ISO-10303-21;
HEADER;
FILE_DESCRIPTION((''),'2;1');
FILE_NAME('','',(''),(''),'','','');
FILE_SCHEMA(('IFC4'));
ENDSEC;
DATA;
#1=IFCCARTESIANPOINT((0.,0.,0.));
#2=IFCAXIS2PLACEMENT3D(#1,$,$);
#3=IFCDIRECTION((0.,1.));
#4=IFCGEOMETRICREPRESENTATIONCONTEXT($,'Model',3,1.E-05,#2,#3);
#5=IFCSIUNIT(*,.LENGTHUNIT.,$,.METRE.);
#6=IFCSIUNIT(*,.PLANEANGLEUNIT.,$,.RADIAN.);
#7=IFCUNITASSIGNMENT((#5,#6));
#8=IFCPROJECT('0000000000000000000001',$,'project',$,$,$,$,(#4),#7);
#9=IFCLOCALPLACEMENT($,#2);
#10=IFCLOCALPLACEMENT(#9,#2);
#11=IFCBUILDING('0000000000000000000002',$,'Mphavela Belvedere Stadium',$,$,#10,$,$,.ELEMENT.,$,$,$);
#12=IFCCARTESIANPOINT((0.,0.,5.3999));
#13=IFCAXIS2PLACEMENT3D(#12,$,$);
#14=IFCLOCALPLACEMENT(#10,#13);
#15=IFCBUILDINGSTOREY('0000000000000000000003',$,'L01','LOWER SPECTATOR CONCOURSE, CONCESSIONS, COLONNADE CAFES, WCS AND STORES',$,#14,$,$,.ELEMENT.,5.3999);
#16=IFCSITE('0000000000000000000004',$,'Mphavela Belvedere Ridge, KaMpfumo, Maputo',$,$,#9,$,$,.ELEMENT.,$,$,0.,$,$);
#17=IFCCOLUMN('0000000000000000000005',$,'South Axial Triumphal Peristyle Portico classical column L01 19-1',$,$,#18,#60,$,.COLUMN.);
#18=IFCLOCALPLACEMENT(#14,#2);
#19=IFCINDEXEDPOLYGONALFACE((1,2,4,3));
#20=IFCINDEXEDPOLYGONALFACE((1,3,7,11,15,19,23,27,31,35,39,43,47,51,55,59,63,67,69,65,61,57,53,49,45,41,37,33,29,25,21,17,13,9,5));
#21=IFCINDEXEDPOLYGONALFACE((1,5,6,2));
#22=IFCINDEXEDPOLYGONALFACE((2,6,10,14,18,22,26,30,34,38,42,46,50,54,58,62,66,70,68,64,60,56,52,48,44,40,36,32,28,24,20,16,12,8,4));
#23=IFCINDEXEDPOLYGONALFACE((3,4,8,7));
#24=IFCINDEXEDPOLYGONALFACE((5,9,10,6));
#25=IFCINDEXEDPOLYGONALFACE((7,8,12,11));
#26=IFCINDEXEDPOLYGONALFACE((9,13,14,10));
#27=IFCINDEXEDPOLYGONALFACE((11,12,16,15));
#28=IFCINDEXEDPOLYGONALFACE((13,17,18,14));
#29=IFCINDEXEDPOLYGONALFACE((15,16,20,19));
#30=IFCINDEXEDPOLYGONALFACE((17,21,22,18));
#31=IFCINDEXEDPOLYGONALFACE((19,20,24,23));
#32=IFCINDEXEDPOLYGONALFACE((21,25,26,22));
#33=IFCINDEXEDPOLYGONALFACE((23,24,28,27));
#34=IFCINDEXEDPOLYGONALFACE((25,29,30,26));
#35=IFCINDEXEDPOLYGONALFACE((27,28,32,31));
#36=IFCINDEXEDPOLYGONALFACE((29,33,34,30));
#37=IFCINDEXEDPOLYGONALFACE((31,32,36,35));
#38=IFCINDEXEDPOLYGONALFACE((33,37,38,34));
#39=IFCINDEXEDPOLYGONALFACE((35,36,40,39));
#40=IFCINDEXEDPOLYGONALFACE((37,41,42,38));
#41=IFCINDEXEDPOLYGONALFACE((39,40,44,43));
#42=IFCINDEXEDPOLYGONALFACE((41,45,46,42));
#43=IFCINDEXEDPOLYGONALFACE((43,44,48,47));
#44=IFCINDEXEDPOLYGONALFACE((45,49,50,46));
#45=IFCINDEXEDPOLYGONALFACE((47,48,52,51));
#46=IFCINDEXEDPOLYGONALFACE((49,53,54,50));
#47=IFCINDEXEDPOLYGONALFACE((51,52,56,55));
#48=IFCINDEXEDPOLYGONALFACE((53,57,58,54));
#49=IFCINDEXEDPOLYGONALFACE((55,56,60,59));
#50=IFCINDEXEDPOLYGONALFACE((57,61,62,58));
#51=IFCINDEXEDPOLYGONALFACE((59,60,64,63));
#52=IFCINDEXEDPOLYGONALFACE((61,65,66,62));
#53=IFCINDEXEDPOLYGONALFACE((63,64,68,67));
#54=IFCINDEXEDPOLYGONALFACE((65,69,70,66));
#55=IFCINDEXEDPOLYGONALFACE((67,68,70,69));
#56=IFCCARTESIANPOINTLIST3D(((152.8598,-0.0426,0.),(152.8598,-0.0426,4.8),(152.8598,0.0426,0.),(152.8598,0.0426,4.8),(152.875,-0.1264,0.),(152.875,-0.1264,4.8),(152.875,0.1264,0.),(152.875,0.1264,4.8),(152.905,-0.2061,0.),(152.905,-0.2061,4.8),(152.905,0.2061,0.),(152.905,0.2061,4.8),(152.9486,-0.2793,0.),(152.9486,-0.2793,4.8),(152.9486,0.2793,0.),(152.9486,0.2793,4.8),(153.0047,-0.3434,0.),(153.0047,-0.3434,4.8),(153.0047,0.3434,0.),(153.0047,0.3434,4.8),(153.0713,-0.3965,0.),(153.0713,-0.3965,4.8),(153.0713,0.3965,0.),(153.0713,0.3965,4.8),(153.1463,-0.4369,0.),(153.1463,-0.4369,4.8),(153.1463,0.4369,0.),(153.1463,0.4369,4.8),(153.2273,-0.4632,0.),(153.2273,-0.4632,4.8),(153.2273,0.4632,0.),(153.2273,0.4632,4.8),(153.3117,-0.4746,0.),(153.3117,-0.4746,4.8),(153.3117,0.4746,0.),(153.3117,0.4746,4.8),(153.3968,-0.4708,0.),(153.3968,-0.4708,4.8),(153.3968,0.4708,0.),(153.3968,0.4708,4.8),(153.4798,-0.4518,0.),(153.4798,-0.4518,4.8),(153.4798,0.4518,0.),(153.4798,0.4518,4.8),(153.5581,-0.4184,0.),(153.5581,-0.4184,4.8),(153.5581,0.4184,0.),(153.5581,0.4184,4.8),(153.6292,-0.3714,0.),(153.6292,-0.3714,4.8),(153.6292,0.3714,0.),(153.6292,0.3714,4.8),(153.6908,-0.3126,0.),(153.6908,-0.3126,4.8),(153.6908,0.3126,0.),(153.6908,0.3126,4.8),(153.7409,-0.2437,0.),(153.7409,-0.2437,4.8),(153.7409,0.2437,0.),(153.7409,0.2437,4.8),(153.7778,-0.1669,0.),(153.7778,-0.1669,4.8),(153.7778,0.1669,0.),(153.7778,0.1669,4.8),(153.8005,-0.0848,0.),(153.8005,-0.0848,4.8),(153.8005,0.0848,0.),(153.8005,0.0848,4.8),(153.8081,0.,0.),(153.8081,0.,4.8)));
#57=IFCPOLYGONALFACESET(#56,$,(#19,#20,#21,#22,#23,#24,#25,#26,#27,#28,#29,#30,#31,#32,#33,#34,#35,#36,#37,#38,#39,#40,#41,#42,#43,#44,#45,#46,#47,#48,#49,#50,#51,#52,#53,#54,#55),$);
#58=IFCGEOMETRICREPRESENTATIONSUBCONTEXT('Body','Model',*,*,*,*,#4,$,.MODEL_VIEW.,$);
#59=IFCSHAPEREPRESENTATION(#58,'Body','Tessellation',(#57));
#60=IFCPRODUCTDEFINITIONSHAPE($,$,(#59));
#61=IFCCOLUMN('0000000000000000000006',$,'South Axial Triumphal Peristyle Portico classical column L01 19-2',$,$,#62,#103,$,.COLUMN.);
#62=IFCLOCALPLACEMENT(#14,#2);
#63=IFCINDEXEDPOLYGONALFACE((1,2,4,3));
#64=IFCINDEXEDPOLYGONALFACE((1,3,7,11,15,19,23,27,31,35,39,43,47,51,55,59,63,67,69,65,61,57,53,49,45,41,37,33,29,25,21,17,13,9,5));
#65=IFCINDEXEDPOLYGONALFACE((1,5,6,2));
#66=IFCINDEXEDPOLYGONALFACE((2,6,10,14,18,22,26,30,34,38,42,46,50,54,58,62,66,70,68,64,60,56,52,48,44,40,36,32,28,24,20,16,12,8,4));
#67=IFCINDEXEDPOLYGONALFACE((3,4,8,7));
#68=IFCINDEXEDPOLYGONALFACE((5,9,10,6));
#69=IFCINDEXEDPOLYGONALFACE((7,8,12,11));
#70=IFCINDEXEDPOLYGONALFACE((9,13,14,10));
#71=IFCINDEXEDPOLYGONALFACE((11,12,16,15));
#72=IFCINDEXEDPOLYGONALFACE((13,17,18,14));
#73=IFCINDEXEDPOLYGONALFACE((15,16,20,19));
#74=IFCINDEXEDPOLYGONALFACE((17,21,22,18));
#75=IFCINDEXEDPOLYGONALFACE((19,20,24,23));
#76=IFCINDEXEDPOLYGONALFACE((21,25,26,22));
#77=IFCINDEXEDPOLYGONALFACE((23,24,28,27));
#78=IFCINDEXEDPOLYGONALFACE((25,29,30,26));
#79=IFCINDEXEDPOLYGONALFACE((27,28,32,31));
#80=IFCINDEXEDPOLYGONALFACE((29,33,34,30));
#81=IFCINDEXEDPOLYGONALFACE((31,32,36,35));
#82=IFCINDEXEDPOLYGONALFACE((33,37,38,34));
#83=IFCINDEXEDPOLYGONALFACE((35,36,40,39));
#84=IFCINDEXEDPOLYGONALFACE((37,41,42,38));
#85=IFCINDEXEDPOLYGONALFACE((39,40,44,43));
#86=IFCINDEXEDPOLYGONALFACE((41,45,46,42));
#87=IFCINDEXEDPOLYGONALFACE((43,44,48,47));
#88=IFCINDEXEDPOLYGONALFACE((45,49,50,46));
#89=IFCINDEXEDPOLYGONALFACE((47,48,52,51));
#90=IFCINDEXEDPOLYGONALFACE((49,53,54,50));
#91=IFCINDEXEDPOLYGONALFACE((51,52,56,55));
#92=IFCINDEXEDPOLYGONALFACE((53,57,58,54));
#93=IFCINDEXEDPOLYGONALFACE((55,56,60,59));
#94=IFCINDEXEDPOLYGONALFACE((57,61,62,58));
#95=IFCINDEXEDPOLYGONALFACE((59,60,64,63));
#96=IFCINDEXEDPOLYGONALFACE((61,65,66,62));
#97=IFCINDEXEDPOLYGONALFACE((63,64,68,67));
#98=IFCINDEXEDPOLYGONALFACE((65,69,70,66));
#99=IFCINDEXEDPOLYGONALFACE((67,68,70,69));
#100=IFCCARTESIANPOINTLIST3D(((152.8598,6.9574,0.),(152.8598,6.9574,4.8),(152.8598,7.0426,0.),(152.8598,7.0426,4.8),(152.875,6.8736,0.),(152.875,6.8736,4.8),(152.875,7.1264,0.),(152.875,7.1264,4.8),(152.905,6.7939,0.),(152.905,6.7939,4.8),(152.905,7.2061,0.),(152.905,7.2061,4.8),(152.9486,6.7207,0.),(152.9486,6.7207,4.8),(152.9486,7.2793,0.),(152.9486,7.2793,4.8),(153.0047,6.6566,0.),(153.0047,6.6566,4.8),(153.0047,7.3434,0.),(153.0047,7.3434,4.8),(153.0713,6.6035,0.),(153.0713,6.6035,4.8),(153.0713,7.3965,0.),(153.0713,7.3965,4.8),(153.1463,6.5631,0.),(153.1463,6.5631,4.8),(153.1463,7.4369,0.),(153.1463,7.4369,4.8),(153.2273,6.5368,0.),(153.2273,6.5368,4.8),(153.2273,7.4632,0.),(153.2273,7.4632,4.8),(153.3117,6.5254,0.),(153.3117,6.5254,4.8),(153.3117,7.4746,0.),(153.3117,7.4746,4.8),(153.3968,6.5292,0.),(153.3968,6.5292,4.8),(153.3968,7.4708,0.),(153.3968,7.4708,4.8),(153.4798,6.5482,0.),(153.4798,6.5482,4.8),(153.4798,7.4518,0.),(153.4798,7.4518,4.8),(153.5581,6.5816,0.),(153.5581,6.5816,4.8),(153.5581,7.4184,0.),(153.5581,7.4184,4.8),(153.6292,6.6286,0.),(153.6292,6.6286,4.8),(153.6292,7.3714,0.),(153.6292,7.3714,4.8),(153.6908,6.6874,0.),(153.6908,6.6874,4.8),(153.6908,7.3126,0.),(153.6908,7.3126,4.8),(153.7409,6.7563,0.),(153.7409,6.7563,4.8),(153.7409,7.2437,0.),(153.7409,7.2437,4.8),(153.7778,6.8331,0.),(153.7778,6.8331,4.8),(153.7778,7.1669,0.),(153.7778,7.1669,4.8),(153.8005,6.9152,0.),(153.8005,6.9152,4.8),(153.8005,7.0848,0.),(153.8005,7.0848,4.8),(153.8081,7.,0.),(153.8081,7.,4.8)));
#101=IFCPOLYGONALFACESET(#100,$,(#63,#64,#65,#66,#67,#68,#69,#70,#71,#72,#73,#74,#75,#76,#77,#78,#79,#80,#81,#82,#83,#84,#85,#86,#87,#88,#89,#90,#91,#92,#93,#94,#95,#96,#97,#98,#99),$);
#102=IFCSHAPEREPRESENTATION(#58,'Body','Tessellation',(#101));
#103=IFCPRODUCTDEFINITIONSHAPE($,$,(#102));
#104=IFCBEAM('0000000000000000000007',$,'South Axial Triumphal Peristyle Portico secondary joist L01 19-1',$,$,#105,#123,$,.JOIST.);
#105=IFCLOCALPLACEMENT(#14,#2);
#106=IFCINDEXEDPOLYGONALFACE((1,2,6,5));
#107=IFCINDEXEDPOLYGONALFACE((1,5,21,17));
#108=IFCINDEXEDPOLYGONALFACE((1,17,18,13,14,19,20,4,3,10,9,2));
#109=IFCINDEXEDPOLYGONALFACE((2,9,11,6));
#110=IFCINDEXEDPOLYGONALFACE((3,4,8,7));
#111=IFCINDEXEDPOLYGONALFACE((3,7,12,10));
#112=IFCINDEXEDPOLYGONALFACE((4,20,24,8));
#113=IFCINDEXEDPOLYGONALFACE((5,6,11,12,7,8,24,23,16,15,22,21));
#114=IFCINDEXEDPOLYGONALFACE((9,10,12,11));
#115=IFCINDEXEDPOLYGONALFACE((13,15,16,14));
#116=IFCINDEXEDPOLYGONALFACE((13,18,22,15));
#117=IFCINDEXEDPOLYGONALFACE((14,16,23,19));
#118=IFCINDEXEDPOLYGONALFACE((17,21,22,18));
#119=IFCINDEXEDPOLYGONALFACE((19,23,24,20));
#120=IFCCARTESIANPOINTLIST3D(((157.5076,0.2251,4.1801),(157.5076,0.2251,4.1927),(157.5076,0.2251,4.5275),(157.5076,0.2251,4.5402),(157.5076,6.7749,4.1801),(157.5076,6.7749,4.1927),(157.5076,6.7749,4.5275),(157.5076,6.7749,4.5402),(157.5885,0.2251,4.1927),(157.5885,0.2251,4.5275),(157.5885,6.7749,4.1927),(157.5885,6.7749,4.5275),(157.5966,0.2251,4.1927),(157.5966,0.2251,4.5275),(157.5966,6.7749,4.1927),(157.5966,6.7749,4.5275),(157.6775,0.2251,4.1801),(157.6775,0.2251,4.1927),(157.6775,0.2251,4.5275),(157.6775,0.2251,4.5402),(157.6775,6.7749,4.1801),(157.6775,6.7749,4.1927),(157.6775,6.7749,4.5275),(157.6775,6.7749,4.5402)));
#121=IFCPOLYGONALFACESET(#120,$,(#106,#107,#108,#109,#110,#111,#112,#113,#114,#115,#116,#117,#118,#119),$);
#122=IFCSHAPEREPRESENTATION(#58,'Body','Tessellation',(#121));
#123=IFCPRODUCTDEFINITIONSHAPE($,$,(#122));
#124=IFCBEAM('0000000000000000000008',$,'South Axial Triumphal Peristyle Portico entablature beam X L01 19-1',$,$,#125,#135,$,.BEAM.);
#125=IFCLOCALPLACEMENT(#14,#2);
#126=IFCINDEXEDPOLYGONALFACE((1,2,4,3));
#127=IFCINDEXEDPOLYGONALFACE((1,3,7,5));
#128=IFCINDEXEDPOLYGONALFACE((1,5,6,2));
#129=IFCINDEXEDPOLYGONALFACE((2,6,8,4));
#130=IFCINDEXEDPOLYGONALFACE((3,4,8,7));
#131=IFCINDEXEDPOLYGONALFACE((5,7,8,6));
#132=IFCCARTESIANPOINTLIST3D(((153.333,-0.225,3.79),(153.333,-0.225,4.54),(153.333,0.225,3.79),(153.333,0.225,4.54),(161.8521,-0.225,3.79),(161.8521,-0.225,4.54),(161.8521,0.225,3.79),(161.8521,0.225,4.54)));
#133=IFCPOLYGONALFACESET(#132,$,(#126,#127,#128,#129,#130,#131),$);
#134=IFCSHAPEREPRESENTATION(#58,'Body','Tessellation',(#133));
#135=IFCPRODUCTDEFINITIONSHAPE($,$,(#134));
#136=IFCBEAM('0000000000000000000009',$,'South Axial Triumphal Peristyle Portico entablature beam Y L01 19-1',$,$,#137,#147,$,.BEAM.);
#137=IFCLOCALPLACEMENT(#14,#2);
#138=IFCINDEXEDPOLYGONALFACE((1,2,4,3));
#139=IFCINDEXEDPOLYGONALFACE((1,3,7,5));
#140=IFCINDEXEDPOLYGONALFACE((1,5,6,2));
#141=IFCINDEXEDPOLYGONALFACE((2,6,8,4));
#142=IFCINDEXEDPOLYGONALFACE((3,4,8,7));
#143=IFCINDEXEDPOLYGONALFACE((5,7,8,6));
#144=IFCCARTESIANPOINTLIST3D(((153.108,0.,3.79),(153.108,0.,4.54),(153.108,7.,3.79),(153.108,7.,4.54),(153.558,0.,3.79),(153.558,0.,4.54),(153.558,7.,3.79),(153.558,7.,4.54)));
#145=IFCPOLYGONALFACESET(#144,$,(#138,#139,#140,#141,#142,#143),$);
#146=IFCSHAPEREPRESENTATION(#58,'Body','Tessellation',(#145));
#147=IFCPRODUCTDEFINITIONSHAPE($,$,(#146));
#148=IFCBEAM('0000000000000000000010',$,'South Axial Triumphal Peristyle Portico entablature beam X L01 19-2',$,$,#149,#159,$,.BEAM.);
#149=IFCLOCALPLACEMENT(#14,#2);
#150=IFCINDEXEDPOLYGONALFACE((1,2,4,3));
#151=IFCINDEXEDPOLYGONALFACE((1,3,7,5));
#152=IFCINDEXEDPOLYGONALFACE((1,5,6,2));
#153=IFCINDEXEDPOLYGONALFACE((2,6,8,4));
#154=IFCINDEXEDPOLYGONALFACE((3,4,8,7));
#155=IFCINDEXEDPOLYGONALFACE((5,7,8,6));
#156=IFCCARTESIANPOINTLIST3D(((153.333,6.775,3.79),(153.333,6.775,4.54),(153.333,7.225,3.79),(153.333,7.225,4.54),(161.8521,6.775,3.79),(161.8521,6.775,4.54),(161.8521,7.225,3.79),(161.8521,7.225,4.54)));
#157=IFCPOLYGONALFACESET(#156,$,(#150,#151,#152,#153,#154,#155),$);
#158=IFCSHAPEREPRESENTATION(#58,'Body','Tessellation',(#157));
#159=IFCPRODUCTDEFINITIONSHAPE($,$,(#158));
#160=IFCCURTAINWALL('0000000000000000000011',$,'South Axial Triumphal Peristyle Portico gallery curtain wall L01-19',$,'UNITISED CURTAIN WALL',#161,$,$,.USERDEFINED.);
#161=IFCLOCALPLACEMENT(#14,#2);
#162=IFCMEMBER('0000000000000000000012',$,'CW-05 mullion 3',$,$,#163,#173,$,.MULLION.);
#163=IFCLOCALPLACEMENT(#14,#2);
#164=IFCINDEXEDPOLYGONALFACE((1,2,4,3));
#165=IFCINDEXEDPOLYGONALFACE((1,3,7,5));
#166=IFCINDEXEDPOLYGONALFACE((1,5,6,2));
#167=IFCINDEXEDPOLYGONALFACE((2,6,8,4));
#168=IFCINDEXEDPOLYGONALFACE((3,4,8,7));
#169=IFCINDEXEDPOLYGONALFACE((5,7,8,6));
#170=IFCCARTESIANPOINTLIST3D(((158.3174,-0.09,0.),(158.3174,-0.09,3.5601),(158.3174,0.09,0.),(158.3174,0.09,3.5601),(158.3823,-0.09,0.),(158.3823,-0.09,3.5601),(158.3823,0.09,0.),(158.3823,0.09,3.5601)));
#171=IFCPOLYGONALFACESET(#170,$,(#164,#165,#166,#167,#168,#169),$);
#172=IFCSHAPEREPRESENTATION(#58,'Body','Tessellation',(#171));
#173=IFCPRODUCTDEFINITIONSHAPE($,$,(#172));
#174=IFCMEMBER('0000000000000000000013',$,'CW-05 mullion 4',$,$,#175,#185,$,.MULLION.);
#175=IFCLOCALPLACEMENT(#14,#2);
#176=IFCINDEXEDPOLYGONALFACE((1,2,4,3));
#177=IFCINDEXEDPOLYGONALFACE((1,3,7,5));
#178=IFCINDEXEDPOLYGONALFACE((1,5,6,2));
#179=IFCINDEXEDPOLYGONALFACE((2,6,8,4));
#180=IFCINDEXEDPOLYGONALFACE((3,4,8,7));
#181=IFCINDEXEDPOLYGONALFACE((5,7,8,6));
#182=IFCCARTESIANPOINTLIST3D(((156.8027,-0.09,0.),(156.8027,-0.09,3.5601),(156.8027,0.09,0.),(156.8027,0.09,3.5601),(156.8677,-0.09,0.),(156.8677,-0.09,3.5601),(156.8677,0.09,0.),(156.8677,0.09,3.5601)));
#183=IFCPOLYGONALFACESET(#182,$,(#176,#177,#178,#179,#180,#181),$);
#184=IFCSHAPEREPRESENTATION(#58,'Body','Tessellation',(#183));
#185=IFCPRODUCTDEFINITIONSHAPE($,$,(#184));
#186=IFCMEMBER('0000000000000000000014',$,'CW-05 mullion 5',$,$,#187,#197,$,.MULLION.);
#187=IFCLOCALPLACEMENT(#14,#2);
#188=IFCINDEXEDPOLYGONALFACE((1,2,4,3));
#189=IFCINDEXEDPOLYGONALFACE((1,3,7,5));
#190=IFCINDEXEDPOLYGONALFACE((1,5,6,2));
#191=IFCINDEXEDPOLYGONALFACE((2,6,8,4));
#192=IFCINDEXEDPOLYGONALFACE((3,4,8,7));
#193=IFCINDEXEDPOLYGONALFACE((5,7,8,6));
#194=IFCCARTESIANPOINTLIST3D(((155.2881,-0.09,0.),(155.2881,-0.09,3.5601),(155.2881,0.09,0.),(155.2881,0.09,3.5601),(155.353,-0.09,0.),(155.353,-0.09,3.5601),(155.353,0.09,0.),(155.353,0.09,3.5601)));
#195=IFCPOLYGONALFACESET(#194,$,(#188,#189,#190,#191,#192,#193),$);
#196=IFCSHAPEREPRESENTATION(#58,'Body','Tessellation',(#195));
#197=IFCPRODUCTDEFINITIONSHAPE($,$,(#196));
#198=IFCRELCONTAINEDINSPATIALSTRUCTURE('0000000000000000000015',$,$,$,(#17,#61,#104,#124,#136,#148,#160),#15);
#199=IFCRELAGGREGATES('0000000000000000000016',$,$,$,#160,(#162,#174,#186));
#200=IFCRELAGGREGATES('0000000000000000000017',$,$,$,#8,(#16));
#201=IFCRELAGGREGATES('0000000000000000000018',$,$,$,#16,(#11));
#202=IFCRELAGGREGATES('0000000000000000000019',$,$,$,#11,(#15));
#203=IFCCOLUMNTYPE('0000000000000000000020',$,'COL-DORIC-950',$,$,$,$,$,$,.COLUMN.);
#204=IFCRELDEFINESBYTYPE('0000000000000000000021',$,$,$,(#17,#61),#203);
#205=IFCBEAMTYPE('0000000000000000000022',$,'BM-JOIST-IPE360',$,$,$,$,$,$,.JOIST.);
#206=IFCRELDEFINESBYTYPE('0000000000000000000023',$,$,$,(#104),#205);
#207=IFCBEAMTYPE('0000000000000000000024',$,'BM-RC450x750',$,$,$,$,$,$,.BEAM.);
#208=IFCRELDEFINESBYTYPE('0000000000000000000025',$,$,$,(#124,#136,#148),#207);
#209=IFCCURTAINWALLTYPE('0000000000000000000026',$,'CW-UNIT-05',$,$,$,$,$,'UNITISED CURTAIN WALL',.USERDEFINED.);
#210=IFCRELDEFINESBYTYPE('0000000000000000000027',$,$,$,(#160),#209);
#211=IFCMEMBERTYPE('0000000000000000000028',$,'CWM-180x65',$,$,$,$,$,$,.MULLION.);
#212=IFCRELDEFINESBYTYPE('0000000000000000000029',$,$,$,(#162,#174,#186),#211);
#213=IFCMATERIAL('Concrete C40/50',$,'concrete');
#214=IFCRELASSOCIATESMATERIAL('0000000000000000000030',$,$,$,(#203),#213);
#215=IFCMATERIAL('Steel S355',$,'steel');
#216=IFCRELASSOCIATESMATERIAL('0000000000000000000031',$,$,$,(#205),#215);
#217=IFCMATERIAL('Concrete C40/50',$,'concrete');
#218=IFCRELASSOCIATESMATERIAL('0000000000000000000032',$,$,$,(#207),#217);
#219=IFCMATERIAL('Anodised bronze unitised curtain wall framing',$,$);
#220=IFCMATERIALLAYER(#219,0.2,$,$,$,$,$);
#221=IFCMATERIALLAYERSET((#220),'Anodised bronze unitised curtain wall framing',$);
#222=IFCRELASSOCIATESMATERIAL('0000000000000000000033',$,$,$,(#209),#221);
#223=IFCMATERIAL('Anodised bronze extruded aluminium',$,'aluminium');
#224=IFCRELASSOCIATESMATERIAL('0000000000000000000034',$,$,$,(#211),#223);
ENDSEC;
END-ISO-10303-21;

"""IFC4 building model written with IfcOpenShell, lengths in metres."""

from ifc_helpers import new_model, si_unit, direction, frame, origin, origin_2d, place, context, subcontext, project, spatial, rectangle, circle, i_section, extrude, material, layer, layer_set, material_profile, profile_set, type_object, element, aggregate, save


model = new_model("IFC4")

# Units and contexts
model_context = context("Model", 3, precision=1e-05, world=origin(), true_north=direction((0.0, 1.0)))
body_context = subcontext(model_context, "Body", "Model", "MODEL_VIEW")
ifc_project = project(units=[si_unit("LENGTHUNIT", "METRE"), si_unit("PLANEANGLEUNIT", "RADIAN")], contexts=[model_context])

# Site, building, storey
site_placement = place(None, origin())
site = spatial("IfcSite", under=ifc_project, at=site_placement, Name="Mphavela Belvedere Ridge, KaMpfumo, Maputo", CompositionType="ELEMENT", RefElevation=0.0)
building_placement = place(site_placement, origin())
building = spatial("IfcBuilding", under=site, at=building_placement, Name="Mphavela Belvedere Stadium", CompositionType="ELEMENT")
storey_placement = place(building_placement, frame((0.0, 0.0, 5.3999)))
storey = spatial("IfcBuildingStorey", under=building, at=storey_placement, Name="L01", Description="LOWER SPECTATOR CONCOURSE, CONCESSIONS, COLONNADE CAFES, WCS AND STORES", CompositionType="ELEMENT", Elevation=5.3999)

# Columns
ifc_material_1 = material(Name="Concrete C40/50", Category="concrete")
ifc_material_profile_1 = material_profile(ifc_material_1, circle(Radius=0.4751, at=origin_2d()), Name="COL D950")
ifc_profile_set_1 = profile_set([ifc_material_profile_1], Name="Concrete C40/50")
column_type = type_object("IfcColumnType", Name="COL-DORIC-950", PredefinedType="COLUMN", material=ifc_profile_set_1)
for number, where, z_axis, x_axis, name in (
    (1, (153.333, 0.0, 0.0), (0.0, 0.0, 1.0), (1.0, 0.0, 0.0), "South Axial Triumphal Peristyle Portico classical column L01 19-1"),
    (2, (153.333, 7.0, 0.0), (0.0, 0.0, 1.0), (1.0, 0.0, 0.0), "South Axial Triumphal Peristyle Portico classical column L01 19-2"),
):
    element("IfcColumn", number, at=place(storey_placement, frame(where, z_axis=z_axis, x_axis=x_axis)), inside=storey, type_object=column_type, Name=name, PredefinedType="COLUMN", context=body_context, shape_type="SweptSolid", body=[
        extrude(circle(Radius=0.4751, at=origin_2d()), origin(), (0.0, 0.0, 1.0), 4.8),
    ])

# Beams
ifc_material_2 = material(Name="Steel S355", Category="steel")
ifc_material_profile_2 = material_profile(ifc_material_2, i_section(OverallWidth=0.1699, OverallDepth=0.3601, WebThickness=0.0081, FlangeThickness=0.0127, at=origin_2d()), Name="IPE 360")
ifc_profile_set_2 = profile_set([ifc_material_profile_2], Name="Steel S355")
beam_type_1 = type_object("IfcBeamType", Name="BM-JOIST-IPE360", PredefinedType="JOIST", material=ifc_profile_set_2)
beam_1_placement = place(storey_placement, frame((157.5925, 0.2251, 4.3601), z_axis=(0.0, 1.0, 0.0), x_axis=(-1.0, 0.0, 0.0)))
element("IfcBeam", 3, at=beam_1_placement, inside=storey, type_object=beam_type_1, Name="South Axial Triumphal Peristyle Portico secondary joist L01 19-1", PredefinedType="JOIST", context=body_context, shape_type="SweptSolid", body=[
    extrude(i_section(OverallWidth=0.1699, OverallDepth=0.3601, WebThickness=0.0081, FlangeThickness=0.0127, at=origin_2d()), origin(), (0.0, 0.0, 1.0), 6.5498),
])
ifc_material_3 = material(Name="Concrete C40/50", Category="concrete")
ifc_material_profile_3 = material_profile(ifc_material_3, rectangle(XDim=0.45, YDim=0.75, at=origin_2d()), Name="RC 450x750")
ifc_profile_set_3 = profile_set([ifc_material_profile_3], Name="Concrete C40/50")
beam_type_2 = type_object("IfcBeamType", Name="BM-RC450x750", PredefinedType="BEAM", material=ifc_profile_set_3)
beam_2_placement = place(storey_placement, frame((153.333, 0.0, 4.165), z_axis=(1.0, 0.0, 0.0), x_axis=(0.0, 1.0, 0.0)))
element("IfcBeam", 4, at=beam_2_placement, inside=storey, type_object=beam_type_2, Name="South Axial Triumphal Peristyle Portico entablature beam X L01 19-1", PredefinedType="BEAM", context=body_context, shape_type="SweptSolid", body=[
    extrude(rectangle(XDim=0.45, YDim=0.75, at=origin_2d()), origin(), (0.0, 0.0, 1.0), 8.519),
])
beam_3_placement = place(storey_placement, frame((153.333, 0.0, 4.165), z_axis=(0.0, 1.0, 0.0), x_axis=(-1.0, 0.0, 0.0)))
element("IfcBeam", 5, at=beam_3_placement, inside=storey, type_object=beam_type_2, Name="South Axial Triumphal Peristyle Portico entablature beam Y L01 19-1", PredefinedType="BEAM", context=body_context, shape_type="SweptSolid", body=[
    extrude(rectangle(XDim=0.45, YDim=0.75, at=origin_2d()), origin(), (0.0, 0.0, 1.0), 7.0),
])
beam_4_placement = place(storey_placement, frame((153.333, 7.0, 4.165), z_axis=(1.0, 0.0, 0.0), x_axis=(0.0, 1.0, 0.0)))
element("IfcBeam", 6, at=beam_4_placement, inside=storey, type_object=beam_type_2, Name="South Axial Triumphal Peristyle Portico entablature beam X L01 19-2", PredefinedType="BEAM", context=body_context, shape_type="SweptSolid", body=[
    extrude(rectangle(XDim=0.45, YDim=0.75, at=origin_2d()), origin(), (0.0, 0.0, 1.0), 8.519),
])

# Curtain wall, members
ifc_material_4 = material(Name="Anodised bronze unitised curtain wall framing")
ifc_layer_1 = layer(ifc_material_4, 0.2)
ifc_layer_set_1 = layer_set([ifc_layer_1], Name="Anodised bronze unitised curtain wall framing")
curtain_wall_type = type_object("IfcCurtainWallType", Name="CW-UNIT-05", ElementType="UNITISED CURTAIN WALL", PredefinedType="USERDEFINED", material=ifc_layer_set_1)
curtain_wall_placement = place(storey_placement, origin())
curtain_wall = element("IfcCurtainWall", 7, at=curtain_wall_placement, inside=storey, type_object=curtain_wall_type, Name="South Axial Triumphal Peristyle Portico gallery curtain wall L01-19", ObjectType="UNITISED CURTAIN WALL", PredefinedType="USERDEFINED")
ifc_material_5 = material(Name="Anodised bronze extruded aluminium", Category="aluminium")
ifc_material_profile_4 = material_profile(ifc_material_5, rectangle(XDim=0.1799, YDim=0.0649, at=origin_2d()), Name="CW-MUL 180x65")
ifc_profile_set_4 = profile_set([ifc_material_profile_4], Name="Anodised bronze extruded aluminium")
member_type_1 = type_object("IfcMemberType", Name="CWM-180x65", PredefinedType="MULLION", material=ifc_profile_set_4)
member_1_placement = place(storey_placement, frame((158.3499, 0.0, 0.0), z_axis=(0.0, 0.0, 1.0), x_axis=(0.0, -1.0, 0.0)))
member_1 = element("IfcMember", 8, at=member_1_placement, type_object=member_type_1, Name="CW-05 mullion 3", PredefinedType="MULLION", context=body_context, shape_type="SweptSolid", body=[
    extrude(rectangle(XDim=0.1799, YDim=0.0649, at=origin_2d()), origin(), (0.0, 0.0, 1.0), 3.5601),
])
member_2_placement = place(storey_placement, frame((156.8352, 0.0, 0.0), z_axis=(0.0, 0.0, 1.0), x_axis=(0.0, -1.0, 0.0)))
member_2 = element("IfcMember", 9, at=member_2_placement, type_object=member_type_1, Name="CW-05 mullion 4", PredefinedType="MULLION", context=body_context, shape_type="SweptSolid", body=[
    extrude(rectangle(XDim=0.1799, YDim=0.0649, at=origin_2d()), origin(), (0.0, 0.0, 1.0), 3.5601),
])
member_3_placement = place(storey_placement, frame((155.3206, 0.0, 0.0), z_axis=(0.0, 0.0, 1.0), x_axis=(0.0, -1.0, 0.0)))
member_3 = element("IfcMember", 10, at=member_3_placement, type_object=member_type_1, Name="CW-05 mullion 5", PredefinedType="MULLION", context=body_context, shape_type="SweptSolid", body=[
    extrude(rectangle(XDim=0.1799, YDim=0.0649, at=origin_2d()), origin(), (0.0, 0.0, 1.0), 3.5601),
])
aggregate(curtain_wall, [member_1, member_2, member_3])

save(model, "model.ifc")
